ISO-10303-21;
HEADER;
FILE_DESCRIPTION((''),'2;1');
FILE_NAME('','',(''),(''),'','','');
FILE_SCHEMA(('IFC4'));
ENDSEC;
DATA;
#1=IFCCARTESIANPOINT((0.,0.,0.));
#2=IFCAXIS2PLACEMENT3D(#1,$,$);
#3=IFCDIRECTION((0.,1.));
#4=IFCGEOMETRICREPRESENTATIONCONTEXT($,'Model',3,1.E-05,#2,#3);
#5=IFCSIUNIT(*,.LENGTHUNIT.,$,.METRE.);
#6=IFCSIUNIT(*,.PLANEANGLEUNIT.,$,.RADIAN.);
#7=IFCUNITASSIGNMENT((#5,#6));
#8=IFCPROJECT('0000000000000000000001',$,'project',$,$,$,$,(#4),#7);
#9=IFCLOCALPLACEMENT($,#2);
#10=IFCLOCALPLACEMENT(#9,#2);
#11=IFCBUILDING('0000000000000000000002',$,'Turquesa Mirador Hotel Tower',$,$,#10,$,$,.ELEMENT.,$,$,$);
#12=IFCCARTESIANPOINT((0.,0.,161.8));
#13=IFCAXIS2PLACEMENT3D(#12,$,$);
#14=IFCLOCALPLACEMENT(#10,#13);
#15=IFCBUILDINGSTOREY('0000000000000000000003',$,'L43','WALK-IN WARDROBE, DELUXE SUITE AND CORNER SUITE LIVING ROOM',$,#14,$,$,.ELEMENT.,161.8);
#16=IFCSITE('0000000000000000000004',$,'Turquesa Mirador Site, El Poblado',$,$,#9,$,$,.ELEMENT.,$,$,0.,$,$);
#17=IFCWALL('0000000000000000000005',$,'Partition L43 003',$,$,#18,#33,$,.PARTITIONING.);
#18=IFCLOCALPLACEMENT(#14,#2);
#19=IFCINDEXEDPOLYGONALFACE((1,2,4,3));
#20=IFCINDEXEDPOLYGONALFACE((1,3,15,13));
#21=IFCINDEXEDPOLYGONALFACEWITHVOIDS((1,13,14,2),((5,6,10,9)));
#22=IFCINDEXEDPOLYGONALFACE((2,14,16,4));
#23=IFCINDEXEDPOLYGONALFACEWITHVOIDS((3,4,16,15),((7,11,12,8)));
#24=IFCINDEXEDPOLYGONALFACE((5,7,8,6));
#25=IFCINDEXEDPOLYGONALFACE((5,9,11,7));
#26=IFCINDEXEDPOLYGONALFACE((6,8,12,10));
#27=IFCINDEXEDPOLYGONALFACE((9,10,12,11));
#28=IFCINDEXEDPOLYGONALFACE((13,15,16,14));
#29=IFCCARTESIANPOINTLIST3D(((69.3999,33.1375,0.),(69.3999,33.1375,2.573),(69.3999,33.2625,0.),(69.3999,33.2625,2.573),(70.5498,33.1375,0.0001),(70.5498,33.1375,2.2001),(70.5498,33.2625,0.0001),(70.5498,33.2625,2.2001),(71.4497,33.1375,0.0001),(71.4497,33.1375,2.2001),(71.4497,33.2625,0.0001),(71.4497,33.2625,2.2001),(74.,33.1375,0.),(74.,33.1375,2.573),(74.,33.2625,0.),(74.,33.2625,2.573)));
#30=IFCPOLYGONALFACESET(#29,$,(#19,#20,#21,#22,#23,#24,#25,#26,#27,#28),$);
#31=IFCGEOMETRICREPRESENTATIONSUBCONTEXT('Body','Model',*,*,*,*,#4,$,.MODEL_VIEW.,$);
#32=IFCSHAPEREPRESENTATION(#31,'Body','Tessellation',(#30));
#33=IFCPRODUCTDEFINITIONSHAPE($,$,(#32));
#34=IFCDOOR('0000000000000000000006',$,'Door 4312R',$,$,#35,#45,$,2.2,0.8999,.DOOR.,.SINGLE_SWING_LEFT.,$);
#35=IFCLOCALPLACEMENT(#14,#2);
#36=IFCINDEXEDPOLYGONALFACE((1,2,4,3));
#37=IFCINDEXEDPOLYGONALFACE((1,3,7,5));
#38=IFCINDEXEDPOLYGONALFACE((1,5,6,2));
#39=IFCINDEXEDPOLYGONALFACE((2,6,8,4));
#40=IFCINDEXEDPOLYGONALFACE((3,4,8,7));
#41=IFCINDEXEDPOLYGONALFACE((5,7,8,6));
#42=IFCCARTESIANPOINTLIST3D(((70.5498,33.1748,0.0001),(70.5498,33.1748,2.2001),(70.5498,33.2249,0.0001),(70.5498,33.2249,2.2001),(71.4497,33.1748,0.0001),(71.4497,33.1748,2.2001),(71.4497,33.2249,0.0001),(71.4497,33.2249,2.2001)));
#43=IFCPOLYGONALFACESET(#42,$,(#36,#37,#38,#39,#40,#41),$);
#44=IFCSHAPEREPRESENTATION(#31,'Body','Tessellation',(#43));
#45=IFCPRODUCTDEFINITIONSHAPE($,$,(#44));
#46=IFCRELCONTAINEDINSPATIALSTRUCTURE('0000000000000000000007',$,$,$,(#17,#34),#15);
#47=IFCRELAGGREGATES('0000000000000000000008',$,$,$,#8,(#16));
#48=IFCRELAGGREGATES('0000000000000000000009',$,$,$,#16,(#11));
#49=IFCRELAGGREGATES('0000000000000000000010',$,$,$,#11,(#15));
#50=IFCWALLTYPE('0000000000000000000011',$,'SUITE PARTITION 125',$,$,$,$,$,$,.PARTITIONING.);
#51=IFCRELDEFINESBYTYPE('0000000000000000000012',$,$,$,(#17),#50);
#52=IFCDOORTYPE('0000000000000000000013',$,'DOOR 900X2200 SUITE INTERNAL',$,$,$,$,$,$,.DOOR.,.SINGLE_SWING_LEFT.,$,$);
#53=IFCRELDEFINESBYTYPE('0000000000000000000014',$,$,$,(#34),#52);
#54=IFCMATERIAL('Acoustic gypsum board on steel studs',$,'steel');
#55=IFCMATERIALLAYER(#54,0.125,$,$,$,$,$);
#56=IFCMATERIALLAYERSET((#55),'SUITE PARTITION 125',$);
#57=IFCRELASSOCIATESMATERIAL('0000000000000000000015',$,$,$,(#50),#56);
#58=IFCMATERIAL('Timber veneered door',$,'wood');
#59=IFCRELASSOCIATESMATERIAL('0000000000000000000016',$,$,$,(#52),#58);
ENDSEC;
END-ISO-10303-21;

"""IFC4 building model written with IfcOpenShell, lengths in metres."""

from ifc_helpers import new_model, si_unit, direction, frame, frame_2d, origin, place, context, subcontext, project, spatial, rectangle, extrude, material, layer, layer_set, type_object, element, fill, save


model = new_model("IFC4")

# Units and contexts
model_context = context("Model", 3, precision=1e-05, world=origin(), true_north=direction((0.0, 1.0)))
body_context = subcontext(model_context, "Body", "Model", "MODEL_VIEW")
ifc_project = project(units=[si_unit("LENGTHUNIT", "METRE"), si_unit("PLANEANGLEUNIT", "RADIAN")], contexts=[model_context])

# Site, building, storey
site_placement = place(None, origin())
site = spatial("IfcSite", under=ifc_project, at=site_placement, Name="Turquesa Mirador Site, El Poblado", CompositionType="ELEMENT", RefElevation=0.0)
building_placement = place(site_placement, origin())
building = spatial("IfcBuilding", under=site, at=building_placement, Name="Turquesa Mirador Hotel Tower", CompositionType="ELEMENT")
storey_placement = place(building_placement, frame((0.0, 0.0, 161.8)))
storey = spatial("IfcBuildingStorey", under=building, at=storey_placement, Name="L43", Description="WALK-IN WARDROBE, DELUXE SUITE AND CORNER SUITE LIVING ROOM", CompositionType="ELEMENT", Elevation=161.8)

# Wall, opening, door
ifc_material_1 = material(Name="Acoustic gypsum board on steel studs", Category="steel")
ifc_layer_1 = layer(ifc_material_1, 0.125)
ifc_layer_set_1 = layer_set([ifc_layer_1], Name="SUITE PARTITION 125")
wall_type_1 = type_object("IfcWallType", Name="SUITE PARTITION 125", PredefinedType="PARTITIONING", material=ifc_layer_set_1)
wall_1_placement = place(storey_placement, frame((69.3999, 33.2, 0.0), z_axis=(0.0, 0.0, 1.0), x_axis=(1.0, 0.0, 0.0)))
wall_1 = element("IfcWall", 1, at=wall_1_placement, inside=storey, type_object=wall_type_1, Name="Partition L43 003", PredefinedType="PARTITIONING", context=body_context, shape_type="SweptSolid", body=[
    extrude(rectangle(XDim=4.6001, YDim=0.125, at=frame_2d((2.3, 0.0))), origin(), (0.0, 0.0, 1.0), 2.573),
])
opening_1_placement = place(wall_1_placement, frame((1.1499, 0.0, 0.0)))
opening_1 = element("IfcOpeningElement", 2, at=opening_1_placement, cuts=wall_1, PredefinedType="OPENING", context=body_context, shape_type="SweptSolid", body=[
    extrude(rectangle(XDim=0.8999, YDim=2.2, at=frame_2d((0.45, 1.1001))), frame((0.0, 0.0725, 0.0), z_axis=(0.0, -1.0, 0.0), x_axis=(1.0, 0.0, 0.0)), (0.0, 0.0, 1.0), 0.145),
])
ifc_material_2 = material(Name="Timber veneered door", Category="wood")
door_type_1 = type_object("IfcDoorType", Name="DOOR 900X2200 SUITE INTERNAL", OperationType="SINGLE_SWING_LEFT", PredefinedType="DOOR", material=ifc_material_2)
door_1_placement = place(opening_1_placement, origin())
door_1 = element("IfcDoor", 3, at=door_1_placement, inside=storey, type_object=door_type_1, Name="Door 4312R", OperationType="SINGLE_SWING_LEFT", OverallHeight=2.2, OverallWidth=0.8999, PredefinedType="DOOR", context=body_context, shape_type="SweptSolid", body=[
    extrude(rectangle(XDim=0.8999, YDim=2.2, at=frame_2d((0.45, 1.1001))), frame((0.0, 0.0249, 0.0), z_axis=(0.0, -1.0, 0.0), x_axis=(1.0, 0.0, 0.0)), (0.0, 0.0, 1.0), 0.05),
])
fill(opening_1, door_1)

save(model, "model.ifc")
